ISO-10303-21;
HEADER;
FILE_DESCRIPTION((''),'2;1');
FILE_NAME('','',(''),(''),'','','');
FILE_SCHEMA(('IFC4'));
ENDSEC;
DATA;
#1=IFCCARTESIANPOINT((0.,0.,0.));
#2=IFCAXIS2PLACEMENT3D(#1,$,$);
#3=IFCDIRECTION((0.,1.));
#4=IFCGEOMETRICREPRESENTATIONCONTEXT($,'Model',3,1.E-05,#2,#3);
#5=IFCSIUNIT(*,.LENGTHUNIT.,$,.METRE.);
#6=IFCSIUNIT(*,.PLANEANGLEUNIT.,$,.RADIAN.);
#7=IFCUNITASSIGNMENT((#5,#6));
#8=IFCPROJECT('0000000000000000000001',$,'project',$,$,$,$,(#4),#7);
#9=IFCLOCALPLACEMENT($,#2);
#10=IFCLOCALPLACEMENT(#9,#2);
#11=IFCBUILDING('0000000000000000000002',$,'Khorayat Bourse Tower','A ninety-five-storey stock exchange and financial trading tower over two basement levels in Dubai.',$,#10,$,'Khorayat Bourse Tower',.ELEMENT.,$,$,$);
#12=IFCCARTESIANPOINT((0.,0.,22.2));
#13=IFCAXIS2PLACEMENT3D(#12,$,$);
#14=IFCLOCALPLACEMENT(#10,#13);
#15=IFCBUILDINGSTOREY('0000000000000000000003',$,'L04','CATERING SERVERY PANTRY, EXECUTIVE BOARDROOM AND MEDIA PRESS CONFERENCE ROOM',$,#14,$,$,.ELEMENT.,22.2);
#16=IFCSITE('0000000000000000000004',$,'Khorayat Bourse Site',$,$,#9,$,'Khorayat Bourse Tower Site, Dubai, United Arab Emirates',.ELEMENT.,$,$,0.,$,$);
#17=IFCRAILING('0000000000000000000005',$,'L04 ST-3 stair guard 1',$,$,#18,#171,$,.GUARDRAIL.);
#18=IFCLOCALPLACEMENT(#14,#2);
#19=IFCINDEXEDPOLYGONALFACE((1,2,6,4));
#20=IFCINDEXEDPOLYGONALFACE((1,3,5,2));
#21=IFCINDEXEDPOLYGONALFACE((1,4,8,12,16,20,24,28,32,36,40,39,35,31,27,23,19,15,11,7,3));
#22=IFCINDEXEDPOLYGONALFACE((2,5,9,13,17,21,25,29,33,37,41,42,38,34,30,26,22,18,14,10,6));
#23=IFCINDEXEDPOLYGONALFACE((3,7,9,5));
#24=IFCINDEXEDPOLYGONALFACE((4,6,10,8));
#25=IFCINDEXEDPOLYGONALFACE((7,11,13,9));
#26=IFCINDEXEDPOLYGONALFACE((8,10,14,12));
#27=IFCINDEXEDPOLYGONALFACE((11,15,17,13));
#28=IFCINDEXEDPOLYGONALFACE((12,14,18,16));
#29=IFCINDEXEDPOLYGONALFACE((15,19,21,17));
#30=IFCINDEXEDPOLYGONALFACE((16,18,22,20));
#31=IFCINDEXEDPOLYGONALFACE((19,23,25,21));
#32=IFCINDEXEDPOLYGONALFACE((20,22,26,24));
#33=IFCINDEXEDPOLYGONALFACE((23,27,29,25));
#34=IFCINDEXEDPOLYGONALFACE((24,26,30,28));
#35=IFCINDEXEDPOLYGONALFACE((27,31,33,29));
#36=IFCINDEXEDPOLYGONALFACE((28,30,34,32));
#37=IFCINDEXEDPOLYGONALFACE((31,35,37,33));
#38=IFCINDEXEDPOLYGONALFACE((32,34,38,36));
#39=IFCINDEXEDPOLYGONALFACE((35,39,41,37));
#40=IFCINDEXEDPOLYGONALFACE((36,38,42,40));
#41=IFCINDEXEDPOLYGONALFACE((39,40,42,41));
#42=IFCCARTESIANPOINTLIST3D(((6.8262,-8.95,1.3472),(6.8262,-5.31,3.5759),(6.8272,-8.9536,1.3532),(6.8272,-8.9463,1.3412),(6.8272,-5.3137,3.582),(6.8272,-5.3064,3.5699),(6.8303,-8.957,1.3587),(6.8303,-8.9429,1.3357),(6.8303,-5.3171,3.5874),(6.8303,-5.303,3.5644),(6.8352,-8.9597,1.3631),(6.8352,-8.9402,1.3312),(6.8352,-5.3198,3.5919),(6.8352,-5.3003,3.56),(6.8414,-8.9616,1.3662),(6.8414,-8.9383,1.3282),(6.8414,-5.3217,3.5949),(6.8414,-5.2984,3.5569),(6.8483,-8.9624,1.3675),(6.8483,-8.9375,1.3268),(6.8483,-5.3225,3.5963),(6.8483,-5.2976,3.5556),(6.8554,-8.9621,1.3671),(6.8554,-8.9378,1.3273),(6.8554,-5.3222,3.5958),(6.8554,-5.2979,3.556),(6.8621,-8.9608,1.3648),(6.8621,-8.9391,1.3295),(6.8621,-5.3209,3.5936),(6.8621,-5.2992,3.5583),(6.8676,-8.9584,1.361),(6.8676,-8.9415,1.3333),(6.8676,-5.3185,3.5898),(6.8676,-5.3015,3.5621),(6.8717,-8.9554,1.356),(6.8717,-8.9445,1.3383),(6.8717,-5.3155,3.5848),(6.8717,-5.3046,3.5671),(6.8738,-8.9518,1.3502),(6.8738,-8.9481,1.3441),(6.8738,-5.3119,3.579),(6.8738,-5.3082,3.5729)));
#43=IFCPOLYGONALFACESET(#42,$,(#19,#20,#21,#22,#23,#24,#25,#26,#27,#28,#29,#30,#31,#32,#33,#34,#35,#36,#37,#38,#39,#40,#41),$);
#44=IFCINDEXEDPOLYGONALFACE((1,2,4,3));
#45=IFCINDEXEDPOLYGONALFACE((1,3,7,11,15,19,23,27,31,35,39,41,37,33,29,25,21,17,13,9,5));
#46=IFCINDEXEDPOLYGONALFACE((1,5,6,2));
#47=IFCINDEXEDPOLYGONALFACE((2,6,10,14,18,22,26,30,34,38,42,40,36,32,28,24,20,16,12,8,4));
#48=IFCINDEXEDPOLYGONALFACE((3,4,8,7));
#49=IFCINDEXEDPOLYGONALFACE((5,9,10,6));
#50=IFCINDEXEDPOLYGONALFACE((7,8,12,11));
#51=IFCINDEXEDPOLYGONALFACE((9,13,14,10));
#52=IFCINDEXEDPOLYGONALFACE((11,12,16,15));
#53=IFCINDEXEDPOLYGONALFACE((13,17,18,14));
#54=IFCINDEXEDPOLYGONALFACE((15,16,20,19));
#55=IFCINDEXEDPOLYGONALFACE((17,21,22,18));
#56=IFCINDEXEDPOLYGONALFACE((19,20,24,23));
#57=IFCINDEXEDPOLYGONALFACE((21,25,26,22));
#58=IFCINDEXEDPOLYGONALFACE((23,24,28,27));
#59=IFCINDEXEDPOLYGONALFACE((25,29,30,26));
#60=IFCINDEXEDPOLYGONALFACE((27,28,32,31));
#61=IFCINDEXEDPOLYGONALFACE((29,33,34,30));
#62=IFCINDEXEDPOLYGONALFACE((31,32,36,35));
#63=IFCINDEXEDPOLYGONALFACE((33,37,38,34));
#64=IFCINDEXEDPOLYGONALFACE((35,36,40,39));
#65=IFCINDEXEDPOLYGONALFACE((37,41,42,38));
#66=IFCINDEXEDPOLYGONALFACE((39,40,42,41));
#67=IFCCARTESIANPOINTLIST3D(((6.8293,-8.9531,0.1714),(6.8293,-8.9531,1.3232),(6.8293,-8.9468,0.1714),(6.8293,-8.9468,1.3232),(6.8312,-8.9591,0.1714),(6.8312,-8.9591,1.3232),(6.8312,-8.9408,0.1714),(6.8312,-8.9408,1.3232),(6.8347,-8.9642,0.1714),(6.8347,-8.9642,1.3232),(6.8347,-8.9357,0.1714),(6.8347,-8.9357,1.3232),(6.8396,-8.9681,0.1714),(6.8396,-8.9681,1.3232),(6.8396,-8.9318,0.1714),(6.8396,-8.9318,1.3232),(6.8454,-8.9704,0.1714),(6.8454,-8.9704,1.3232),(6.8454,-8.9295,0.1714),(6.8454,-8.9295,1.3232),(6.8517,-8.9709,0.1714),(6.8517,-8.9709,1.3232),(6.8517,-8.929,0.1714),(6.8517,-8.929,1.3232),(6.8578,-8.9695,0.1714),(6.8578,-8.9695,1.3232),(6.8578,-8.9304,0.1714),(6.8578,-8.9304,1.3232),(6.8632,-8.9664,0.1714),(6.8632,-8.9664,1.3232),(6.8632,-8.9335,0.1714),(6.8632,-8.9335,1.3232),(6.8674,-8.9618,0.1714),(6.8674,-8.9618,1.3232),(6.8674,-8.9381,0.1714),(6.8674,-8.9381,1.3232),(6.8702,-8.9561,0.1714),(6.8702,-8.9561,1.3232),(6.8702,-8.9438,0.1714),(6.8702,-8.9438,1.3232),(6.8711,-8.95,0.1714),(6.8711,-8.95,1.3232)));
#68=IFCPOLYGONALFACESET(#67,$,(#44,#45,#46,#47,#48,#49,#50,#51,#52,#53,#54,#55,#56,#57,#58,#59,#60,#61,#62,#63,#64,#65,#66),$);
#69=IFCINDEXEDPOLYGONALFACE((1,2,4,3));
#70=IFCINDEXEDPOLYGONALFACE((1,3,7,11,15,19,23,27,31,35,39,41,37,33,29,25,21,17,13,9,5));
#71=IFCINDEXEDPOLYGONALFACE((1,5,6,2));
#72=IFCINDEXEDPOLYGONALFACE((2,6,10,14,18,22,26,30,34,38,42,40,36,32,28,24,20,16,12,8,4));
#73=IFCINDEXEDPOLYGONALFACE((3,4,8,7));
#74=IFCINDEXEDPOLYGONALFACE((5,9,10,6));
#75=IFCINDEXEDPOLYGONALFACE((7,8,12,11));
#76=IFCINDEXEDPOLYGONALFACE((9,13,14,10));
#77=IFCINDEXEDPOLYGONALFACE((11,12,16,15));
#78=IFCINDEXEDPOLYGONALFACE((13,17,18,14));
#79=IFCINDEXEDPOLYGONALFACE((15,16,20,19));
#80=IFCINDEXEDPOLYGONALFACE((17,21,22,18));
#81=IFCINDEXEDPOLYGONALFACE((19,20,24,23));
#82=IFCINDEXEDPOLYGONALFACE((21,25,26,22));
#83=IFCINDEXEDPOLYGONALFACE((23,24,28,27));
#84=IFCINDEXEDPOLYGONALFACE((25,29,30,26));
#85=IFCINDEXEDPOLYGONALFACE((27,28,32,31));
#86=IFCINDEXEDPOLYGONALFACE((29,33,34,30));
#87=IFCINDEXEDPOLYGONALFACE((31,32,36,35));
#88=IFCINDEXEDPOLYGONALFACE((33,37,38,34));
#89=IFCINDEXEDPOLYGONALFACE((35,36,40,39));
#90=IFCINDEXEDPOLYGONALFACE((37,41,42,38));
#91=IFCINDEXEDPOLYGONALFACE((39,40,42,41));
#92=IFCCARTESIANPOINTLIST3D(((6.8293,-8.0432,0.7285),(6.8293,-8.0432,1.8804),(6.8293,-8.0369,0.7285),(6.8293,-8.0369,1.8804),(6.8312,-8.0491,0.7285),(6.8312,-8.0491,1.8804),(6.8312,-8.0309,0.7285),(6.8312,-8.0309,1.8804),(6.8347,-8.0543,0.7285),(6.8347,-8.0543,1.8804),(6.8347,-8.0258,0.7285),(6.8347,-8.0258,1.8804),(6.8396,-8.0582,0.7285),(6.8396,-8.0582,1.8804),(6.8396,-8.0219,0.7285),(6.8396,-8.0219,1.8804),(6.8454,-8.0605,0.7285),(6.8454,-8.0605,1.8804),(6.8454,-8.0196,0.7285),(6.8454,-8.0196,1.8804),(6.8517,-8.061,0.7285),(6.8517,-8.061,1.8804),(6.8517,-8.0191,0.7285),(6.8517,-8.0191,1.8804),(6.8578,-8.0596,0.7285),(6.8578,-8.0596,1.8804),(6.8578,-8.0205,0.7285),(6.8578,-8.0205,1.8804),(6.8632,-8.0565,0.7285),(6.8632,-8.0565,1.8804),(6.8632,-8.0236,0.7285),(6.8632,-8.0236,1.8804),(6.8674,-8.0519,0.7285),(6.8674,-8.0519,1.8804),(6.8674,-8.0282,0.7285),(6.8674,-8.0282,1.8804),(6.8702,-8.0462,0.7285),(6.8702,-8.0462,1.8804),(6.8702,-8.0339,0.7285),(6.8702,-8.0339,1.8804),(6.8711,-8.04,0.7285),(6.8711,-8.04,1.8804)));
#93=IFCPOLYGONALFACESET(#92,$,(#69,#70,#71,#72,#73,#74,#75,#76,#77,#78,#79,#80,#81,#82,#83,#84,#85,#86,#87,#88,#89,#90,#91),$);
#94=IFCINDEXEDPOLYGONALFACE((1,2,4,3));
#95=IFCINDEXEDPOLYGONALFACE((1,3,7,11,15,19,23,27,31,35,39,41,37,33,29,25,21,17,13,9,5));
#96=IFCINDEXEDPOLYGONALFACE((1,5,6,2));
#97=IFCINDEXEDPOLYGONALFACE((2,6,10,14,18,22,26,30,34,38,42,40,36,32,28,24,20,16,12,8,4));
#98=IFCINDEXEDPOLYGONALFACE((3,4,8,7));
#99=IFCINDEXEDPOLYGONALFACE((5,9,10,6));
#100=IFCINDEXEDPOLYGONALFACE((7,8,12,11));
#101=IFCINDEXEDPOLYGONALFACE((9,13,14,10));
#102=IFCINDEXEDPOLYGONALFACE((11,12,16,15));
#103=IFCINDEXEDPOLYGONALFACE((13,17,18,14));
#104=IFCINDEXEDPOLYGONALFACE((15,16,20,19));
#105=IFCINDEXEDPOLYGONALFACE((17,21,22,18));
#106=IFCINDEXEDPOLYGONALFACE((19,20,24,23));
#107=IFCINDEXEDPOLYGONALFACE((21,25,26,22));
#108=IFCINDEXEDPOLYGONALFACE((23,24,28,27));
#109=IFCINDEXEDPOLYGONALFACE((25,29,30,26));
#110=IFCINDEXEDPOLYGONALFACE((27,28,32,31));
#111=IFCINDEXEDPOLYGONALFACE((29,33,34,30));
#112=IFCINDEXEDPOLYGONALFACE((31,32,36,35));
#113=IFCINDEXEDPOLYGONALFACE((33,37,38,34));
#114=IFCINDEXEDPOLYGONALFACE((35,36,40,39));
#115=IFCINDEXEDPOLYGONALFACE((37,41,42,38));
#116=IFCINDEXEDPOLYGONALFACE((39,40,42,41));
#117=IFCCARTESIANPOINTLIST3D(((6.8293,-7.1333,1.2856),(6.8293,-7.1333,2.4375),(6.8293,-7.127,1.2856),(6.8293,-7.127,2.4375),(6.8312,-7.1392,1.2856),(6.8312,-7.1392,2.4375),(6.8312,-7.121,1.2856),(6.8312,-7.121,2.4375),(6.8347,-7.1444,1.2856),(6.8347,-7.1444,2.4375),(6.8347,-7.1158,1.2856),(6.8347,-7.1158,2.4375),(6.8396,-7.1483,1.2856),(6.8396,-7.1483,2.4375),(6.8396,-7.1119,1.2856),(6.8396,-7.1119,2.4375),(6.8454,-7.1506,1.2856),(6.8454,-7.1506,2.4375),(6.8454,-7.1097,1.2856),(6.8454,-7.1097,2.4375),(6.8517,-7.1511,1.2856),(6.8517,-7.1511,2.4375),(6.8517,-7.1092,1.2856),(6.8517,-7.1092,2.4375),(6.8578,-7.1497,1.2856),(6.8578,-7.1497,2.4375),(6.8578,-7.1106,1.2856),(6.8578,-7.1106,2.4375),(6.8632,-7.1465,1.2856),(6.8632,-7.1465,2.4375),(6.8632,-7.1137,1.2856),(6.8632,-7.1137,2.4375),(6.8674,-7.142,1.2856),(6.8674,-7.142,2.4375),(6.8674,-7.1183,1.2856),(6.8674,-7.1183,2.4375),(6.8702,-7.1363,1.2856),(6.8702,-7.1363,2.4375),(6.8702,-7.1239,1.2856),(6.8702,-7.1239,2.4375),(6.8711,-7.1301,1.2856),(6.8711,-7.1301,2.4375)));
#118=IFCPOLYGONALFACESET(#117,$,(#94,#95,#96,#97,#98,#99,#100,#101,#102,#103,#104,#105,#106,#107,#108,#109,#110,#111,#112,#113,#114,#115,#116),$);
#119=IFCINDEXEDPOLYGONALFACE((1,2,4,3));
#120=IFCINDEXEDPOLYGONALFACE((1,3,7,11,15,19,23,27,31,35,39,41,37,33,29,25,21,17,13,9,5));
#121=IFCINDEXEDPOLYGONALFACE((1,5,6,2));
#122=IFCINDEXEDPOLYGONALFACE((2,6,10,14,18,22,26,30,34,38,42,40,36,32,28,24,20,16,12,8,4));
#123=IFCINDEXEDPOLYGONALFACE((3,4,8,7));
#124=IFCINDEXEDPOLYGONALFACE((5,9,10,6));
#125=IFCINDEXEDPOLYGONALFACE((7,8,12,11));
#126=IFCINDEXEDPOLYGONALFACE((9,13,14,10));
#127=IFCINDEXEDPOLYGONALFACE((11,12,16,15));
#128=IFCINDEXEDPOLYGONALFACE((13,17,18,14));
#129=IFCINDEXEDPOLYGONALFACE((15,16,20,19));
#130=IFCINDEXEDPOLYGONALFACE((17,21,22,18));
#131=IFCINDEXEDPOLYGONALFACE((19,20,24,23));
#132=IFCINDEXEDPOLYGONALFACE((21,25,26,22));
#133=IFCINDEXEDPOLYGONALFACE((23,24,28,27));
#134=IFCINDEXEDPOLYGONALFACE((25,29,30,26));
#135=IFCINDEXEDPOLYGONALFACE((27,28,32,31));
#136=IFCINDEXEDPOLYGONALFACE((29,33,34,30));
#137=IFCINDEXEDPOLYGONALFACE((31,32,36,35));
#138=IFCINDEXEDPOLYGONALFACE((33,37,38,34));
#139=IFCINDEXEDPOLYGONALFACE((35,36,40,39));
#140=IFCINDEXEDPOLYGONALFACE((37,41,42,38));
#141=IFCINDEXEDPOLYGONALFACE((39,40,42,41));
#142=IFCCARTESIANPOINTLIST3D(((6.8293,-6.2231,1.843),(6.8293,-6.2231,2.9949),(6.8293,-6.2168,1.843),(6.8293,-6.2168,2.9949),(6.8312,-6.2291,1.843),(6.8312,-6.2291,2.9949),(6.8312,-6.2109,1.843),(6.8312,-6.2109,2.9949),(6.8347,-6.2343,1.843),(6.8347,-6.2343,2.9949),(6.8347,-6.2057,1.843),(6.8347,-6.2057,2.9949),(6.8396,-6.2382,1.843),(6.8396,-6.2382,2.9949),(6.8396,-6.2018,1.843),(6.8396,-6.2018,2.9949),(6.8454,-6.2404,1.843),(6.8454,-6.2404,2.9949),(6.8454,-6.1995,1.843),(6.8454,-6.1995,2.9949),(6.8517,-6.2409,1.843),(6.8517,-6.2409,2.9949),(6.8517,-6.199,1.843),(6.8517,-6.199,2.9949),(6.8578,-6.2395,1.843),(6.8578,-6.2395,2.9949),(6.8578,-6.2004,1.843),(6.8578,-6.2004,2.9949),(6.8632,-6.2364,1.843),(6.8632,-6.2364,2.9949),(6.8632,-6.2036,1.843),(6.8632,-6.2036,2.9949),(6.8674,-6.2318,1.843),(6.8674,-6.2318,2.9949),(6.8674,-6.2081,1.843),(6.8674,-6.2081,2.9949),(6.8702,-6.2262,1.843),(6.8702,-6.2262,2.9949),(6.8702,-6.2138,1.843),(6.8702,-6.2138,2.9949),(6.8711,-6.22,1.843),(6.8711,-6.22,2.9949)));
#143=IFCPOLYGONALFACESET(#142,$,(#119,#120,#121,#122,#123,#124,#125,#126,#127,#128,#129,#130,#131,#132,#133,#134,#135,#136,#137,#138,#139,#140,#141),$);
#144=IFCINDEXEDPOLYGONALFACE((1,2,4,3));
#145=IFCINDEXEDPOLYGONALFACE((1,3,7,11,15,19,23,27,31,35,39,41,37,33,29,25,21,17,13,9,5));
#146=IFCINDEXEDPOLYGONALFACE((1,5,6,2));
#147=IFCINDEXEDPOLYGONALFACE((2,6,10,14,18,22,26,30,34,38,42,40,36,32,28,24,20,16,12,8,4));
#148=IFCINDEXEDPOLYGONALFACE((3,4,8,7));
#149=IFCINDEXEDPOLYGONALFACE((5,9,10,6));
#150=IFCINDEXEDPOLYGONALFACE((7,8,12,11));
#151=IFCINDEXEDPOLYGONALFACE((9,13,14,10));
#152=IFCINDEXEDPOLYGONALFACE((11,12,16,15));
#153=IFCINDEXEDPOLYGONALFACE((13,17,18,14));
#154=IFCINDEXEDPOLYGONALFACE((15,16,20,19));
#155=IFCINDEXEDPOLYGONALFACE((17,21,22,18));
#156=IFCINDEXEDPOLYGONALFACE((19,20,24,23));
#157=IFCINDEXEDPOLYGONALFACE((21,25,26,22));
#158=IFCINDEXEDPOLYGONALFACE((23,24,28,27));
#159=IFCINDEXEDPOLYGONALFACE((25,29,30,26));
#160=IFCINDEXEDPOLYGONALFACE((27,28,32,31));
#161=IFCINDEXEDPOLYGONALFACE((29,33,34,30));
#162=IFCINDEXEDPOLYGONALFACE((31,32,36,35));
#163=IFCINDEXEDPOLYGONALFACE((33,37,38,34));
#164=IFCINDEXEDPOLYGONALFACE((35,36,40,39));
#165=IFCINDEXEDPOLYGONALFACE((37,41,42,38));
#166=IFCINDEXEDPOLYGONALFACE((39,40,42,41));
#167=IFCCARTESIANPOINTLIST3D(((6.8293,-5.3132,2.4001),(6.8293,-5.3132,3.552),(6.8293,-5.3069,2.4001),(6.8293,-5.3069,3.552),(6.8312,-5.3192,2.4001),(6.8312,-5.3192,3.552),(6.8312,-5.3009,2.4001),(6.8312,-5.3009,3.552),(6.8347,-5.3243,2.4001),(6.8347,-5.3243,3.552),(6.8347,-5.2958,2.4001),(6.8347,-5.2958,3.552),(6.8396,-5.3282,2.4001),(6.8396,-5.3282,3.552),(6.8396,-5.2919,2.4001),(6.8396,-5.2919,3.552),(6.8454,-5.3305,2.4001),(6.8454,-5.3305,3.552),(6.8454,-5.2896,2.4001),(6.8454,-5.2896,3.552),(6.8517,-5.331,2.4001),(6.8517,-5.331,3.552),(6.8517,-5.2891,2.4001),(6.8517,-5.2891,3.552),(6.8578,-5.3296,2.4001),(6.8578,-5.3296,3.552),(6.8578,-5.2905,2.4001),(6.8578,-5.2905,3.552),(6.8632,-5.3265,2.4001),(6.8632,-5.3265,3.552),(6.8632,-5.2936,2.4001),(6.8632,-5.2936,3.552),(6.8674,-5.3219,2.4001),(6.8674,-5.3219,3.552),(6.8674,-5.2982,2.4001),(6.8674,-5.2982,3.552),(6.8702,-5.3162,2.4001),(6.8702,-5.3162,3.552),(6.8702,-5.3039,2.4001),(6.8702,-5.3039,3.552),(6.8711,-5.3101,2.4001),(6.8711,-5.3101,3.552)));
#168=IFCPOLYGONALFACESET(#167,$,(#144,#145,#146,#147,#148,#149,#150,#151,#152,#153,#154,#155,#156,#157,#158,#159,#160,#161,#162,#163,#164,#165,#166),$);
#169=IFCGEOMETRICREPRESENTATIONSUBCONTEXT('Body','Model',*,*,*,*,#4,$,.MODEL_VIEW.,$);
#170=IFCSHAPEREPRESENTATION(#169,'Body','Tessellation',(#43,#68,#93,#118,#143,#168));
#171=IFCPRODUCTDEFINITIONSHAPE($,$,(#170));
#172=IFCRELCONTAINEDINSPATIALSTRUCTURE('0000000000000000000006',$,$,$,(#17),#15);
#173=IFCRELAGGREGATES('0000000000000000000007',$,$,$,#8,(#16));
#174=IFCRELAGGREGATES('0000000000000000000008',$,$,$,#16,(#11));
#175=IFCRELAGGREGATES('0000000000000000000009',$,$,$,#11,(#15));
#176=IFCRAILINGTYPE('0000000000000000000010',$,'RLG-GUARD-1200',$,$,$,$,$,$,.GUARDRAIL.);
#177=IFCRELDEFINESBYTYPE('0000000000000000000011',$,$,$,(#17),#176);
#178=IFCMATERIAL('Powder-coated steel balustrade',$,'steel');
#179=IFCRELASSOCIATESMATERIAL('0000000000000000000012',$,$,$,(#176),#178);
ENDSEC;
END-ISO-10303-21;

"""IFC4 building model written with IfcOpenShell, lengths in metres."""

from ifc_helpers import new_model, si_unit, direction, frame, origin, origin_2d, place, context, subcontext, project, spatial, circle, extrude, source, transform, mapped, material, type_object, element, save


model = new_model("IFC4")

# Units and contexts
model_context = context("Model", 3, precision=1e-05, world=origin(), true_north=direction((0.0, 1.0)))
body_context = subcontext(model_context, "Body", "Model", "MODEL_VIEW")
ifc_project = project(units=[si_unit("LENGTHUNIT", "METRE"), si_unit("PLANEANGLEUNIT", "RADIAN")], contexts=[model_context])

# Site, building, storey
site_placement = place(None, origin())
site = spatial("IfcSite", under=ifc_project, at=site_placement, Name="Khorayat Bourse Site", LongName="Khorayat Bourse Tower Site, Dubai, United Arab Emirates", CompositionType="ELEMENT", RefElevation=0.0)
building_placement = place(site_placement, origin())
building = spatial("IfcBuilding", under=site, at=building_placement, Name="Khorayat Bourse Tower", Description="A ninety-five-storey stock exchange and financial trading tower over two basement levels in Dubai.", LongName="Khorayat Bourse Tower", CompositionType="ELEMENT")
storey_placement = place(building_placement, frame((0.0, 0.0, 22.2)))
storey = spatial("IfcBuildingStorey", under=building, at=storey_placement, Name="L04", Description="CATERING SERVERY PANTRY, EXECUTIVE BOARDROOM AND MEDIA PRESS CONFERENCE ROOM", CompositionType="ELEMENT", Elevation=22.2)

# Railing
ifc_material_1 = material(Name="Powder-coated steel balustrade", Category="steel")
railing_type_1 = type_object("IfcRailingType", Name="RLG-GUARD-1200", PredefinedType="GUARDRAIL", material=ifc_material_1)
shared_shape_1 = source(origin(), body_context, "Body", "SweptSolid", [
    extrude(circle(Radius=0.0239, at=origin_2d()), frame((0.0, 0.0, 1.1758), z_axis=(0.0, 0.852825, 0.522197), x_axis=(-1.0, 0.0, 0.0)), (0.0, 0.0, 1.0), 4.2681),
    extrude(circle(Radius=0.021, at=origin_2d()), origin(), (0.0, 0.0, 1.0), 1.1519),
    extrude(circle(Radius=0.021, at=origin_2d()), frame((0.0, 0.9099, 0.5571)), (0.0, 0.0, 1.0), 1.1519),
    extrude(circle(Radius=0.021, at=origin_2d()), frame((0.0, 1.8198, 1.1143)), (0.0, 0.0, 1.0), 1.1519),
    extrude(circle(Radius=0.021, at=origin_2d()), frame((0.0, 2.73, 1.6716)), (0.0, 0.0, 1.0), 1.1519),
    extrude(circle(Radius=0.021, at=origin_2d()), frame((0.0, 3.6399, 2.2288)), (0.0, 0.0, 1.0), 1.1519),
])
railing_1_placement = place(storey_placement, frame((6.8501, -8.95, 0.1714)))
element("IfcRailing", 1, at=railing_1_placement, inside=storey, type_object=railing_type_1, Name="L04 ST-3 stair guard 1", PredefinedType="GUARDRAIL", context=body_context, shape_type="MappedRepresentation", body=[
    mapped(shared_shape_1, transform((0.0, 0.0, 0.0), scale=1.0)),
])

save(model, "model.ifc")
